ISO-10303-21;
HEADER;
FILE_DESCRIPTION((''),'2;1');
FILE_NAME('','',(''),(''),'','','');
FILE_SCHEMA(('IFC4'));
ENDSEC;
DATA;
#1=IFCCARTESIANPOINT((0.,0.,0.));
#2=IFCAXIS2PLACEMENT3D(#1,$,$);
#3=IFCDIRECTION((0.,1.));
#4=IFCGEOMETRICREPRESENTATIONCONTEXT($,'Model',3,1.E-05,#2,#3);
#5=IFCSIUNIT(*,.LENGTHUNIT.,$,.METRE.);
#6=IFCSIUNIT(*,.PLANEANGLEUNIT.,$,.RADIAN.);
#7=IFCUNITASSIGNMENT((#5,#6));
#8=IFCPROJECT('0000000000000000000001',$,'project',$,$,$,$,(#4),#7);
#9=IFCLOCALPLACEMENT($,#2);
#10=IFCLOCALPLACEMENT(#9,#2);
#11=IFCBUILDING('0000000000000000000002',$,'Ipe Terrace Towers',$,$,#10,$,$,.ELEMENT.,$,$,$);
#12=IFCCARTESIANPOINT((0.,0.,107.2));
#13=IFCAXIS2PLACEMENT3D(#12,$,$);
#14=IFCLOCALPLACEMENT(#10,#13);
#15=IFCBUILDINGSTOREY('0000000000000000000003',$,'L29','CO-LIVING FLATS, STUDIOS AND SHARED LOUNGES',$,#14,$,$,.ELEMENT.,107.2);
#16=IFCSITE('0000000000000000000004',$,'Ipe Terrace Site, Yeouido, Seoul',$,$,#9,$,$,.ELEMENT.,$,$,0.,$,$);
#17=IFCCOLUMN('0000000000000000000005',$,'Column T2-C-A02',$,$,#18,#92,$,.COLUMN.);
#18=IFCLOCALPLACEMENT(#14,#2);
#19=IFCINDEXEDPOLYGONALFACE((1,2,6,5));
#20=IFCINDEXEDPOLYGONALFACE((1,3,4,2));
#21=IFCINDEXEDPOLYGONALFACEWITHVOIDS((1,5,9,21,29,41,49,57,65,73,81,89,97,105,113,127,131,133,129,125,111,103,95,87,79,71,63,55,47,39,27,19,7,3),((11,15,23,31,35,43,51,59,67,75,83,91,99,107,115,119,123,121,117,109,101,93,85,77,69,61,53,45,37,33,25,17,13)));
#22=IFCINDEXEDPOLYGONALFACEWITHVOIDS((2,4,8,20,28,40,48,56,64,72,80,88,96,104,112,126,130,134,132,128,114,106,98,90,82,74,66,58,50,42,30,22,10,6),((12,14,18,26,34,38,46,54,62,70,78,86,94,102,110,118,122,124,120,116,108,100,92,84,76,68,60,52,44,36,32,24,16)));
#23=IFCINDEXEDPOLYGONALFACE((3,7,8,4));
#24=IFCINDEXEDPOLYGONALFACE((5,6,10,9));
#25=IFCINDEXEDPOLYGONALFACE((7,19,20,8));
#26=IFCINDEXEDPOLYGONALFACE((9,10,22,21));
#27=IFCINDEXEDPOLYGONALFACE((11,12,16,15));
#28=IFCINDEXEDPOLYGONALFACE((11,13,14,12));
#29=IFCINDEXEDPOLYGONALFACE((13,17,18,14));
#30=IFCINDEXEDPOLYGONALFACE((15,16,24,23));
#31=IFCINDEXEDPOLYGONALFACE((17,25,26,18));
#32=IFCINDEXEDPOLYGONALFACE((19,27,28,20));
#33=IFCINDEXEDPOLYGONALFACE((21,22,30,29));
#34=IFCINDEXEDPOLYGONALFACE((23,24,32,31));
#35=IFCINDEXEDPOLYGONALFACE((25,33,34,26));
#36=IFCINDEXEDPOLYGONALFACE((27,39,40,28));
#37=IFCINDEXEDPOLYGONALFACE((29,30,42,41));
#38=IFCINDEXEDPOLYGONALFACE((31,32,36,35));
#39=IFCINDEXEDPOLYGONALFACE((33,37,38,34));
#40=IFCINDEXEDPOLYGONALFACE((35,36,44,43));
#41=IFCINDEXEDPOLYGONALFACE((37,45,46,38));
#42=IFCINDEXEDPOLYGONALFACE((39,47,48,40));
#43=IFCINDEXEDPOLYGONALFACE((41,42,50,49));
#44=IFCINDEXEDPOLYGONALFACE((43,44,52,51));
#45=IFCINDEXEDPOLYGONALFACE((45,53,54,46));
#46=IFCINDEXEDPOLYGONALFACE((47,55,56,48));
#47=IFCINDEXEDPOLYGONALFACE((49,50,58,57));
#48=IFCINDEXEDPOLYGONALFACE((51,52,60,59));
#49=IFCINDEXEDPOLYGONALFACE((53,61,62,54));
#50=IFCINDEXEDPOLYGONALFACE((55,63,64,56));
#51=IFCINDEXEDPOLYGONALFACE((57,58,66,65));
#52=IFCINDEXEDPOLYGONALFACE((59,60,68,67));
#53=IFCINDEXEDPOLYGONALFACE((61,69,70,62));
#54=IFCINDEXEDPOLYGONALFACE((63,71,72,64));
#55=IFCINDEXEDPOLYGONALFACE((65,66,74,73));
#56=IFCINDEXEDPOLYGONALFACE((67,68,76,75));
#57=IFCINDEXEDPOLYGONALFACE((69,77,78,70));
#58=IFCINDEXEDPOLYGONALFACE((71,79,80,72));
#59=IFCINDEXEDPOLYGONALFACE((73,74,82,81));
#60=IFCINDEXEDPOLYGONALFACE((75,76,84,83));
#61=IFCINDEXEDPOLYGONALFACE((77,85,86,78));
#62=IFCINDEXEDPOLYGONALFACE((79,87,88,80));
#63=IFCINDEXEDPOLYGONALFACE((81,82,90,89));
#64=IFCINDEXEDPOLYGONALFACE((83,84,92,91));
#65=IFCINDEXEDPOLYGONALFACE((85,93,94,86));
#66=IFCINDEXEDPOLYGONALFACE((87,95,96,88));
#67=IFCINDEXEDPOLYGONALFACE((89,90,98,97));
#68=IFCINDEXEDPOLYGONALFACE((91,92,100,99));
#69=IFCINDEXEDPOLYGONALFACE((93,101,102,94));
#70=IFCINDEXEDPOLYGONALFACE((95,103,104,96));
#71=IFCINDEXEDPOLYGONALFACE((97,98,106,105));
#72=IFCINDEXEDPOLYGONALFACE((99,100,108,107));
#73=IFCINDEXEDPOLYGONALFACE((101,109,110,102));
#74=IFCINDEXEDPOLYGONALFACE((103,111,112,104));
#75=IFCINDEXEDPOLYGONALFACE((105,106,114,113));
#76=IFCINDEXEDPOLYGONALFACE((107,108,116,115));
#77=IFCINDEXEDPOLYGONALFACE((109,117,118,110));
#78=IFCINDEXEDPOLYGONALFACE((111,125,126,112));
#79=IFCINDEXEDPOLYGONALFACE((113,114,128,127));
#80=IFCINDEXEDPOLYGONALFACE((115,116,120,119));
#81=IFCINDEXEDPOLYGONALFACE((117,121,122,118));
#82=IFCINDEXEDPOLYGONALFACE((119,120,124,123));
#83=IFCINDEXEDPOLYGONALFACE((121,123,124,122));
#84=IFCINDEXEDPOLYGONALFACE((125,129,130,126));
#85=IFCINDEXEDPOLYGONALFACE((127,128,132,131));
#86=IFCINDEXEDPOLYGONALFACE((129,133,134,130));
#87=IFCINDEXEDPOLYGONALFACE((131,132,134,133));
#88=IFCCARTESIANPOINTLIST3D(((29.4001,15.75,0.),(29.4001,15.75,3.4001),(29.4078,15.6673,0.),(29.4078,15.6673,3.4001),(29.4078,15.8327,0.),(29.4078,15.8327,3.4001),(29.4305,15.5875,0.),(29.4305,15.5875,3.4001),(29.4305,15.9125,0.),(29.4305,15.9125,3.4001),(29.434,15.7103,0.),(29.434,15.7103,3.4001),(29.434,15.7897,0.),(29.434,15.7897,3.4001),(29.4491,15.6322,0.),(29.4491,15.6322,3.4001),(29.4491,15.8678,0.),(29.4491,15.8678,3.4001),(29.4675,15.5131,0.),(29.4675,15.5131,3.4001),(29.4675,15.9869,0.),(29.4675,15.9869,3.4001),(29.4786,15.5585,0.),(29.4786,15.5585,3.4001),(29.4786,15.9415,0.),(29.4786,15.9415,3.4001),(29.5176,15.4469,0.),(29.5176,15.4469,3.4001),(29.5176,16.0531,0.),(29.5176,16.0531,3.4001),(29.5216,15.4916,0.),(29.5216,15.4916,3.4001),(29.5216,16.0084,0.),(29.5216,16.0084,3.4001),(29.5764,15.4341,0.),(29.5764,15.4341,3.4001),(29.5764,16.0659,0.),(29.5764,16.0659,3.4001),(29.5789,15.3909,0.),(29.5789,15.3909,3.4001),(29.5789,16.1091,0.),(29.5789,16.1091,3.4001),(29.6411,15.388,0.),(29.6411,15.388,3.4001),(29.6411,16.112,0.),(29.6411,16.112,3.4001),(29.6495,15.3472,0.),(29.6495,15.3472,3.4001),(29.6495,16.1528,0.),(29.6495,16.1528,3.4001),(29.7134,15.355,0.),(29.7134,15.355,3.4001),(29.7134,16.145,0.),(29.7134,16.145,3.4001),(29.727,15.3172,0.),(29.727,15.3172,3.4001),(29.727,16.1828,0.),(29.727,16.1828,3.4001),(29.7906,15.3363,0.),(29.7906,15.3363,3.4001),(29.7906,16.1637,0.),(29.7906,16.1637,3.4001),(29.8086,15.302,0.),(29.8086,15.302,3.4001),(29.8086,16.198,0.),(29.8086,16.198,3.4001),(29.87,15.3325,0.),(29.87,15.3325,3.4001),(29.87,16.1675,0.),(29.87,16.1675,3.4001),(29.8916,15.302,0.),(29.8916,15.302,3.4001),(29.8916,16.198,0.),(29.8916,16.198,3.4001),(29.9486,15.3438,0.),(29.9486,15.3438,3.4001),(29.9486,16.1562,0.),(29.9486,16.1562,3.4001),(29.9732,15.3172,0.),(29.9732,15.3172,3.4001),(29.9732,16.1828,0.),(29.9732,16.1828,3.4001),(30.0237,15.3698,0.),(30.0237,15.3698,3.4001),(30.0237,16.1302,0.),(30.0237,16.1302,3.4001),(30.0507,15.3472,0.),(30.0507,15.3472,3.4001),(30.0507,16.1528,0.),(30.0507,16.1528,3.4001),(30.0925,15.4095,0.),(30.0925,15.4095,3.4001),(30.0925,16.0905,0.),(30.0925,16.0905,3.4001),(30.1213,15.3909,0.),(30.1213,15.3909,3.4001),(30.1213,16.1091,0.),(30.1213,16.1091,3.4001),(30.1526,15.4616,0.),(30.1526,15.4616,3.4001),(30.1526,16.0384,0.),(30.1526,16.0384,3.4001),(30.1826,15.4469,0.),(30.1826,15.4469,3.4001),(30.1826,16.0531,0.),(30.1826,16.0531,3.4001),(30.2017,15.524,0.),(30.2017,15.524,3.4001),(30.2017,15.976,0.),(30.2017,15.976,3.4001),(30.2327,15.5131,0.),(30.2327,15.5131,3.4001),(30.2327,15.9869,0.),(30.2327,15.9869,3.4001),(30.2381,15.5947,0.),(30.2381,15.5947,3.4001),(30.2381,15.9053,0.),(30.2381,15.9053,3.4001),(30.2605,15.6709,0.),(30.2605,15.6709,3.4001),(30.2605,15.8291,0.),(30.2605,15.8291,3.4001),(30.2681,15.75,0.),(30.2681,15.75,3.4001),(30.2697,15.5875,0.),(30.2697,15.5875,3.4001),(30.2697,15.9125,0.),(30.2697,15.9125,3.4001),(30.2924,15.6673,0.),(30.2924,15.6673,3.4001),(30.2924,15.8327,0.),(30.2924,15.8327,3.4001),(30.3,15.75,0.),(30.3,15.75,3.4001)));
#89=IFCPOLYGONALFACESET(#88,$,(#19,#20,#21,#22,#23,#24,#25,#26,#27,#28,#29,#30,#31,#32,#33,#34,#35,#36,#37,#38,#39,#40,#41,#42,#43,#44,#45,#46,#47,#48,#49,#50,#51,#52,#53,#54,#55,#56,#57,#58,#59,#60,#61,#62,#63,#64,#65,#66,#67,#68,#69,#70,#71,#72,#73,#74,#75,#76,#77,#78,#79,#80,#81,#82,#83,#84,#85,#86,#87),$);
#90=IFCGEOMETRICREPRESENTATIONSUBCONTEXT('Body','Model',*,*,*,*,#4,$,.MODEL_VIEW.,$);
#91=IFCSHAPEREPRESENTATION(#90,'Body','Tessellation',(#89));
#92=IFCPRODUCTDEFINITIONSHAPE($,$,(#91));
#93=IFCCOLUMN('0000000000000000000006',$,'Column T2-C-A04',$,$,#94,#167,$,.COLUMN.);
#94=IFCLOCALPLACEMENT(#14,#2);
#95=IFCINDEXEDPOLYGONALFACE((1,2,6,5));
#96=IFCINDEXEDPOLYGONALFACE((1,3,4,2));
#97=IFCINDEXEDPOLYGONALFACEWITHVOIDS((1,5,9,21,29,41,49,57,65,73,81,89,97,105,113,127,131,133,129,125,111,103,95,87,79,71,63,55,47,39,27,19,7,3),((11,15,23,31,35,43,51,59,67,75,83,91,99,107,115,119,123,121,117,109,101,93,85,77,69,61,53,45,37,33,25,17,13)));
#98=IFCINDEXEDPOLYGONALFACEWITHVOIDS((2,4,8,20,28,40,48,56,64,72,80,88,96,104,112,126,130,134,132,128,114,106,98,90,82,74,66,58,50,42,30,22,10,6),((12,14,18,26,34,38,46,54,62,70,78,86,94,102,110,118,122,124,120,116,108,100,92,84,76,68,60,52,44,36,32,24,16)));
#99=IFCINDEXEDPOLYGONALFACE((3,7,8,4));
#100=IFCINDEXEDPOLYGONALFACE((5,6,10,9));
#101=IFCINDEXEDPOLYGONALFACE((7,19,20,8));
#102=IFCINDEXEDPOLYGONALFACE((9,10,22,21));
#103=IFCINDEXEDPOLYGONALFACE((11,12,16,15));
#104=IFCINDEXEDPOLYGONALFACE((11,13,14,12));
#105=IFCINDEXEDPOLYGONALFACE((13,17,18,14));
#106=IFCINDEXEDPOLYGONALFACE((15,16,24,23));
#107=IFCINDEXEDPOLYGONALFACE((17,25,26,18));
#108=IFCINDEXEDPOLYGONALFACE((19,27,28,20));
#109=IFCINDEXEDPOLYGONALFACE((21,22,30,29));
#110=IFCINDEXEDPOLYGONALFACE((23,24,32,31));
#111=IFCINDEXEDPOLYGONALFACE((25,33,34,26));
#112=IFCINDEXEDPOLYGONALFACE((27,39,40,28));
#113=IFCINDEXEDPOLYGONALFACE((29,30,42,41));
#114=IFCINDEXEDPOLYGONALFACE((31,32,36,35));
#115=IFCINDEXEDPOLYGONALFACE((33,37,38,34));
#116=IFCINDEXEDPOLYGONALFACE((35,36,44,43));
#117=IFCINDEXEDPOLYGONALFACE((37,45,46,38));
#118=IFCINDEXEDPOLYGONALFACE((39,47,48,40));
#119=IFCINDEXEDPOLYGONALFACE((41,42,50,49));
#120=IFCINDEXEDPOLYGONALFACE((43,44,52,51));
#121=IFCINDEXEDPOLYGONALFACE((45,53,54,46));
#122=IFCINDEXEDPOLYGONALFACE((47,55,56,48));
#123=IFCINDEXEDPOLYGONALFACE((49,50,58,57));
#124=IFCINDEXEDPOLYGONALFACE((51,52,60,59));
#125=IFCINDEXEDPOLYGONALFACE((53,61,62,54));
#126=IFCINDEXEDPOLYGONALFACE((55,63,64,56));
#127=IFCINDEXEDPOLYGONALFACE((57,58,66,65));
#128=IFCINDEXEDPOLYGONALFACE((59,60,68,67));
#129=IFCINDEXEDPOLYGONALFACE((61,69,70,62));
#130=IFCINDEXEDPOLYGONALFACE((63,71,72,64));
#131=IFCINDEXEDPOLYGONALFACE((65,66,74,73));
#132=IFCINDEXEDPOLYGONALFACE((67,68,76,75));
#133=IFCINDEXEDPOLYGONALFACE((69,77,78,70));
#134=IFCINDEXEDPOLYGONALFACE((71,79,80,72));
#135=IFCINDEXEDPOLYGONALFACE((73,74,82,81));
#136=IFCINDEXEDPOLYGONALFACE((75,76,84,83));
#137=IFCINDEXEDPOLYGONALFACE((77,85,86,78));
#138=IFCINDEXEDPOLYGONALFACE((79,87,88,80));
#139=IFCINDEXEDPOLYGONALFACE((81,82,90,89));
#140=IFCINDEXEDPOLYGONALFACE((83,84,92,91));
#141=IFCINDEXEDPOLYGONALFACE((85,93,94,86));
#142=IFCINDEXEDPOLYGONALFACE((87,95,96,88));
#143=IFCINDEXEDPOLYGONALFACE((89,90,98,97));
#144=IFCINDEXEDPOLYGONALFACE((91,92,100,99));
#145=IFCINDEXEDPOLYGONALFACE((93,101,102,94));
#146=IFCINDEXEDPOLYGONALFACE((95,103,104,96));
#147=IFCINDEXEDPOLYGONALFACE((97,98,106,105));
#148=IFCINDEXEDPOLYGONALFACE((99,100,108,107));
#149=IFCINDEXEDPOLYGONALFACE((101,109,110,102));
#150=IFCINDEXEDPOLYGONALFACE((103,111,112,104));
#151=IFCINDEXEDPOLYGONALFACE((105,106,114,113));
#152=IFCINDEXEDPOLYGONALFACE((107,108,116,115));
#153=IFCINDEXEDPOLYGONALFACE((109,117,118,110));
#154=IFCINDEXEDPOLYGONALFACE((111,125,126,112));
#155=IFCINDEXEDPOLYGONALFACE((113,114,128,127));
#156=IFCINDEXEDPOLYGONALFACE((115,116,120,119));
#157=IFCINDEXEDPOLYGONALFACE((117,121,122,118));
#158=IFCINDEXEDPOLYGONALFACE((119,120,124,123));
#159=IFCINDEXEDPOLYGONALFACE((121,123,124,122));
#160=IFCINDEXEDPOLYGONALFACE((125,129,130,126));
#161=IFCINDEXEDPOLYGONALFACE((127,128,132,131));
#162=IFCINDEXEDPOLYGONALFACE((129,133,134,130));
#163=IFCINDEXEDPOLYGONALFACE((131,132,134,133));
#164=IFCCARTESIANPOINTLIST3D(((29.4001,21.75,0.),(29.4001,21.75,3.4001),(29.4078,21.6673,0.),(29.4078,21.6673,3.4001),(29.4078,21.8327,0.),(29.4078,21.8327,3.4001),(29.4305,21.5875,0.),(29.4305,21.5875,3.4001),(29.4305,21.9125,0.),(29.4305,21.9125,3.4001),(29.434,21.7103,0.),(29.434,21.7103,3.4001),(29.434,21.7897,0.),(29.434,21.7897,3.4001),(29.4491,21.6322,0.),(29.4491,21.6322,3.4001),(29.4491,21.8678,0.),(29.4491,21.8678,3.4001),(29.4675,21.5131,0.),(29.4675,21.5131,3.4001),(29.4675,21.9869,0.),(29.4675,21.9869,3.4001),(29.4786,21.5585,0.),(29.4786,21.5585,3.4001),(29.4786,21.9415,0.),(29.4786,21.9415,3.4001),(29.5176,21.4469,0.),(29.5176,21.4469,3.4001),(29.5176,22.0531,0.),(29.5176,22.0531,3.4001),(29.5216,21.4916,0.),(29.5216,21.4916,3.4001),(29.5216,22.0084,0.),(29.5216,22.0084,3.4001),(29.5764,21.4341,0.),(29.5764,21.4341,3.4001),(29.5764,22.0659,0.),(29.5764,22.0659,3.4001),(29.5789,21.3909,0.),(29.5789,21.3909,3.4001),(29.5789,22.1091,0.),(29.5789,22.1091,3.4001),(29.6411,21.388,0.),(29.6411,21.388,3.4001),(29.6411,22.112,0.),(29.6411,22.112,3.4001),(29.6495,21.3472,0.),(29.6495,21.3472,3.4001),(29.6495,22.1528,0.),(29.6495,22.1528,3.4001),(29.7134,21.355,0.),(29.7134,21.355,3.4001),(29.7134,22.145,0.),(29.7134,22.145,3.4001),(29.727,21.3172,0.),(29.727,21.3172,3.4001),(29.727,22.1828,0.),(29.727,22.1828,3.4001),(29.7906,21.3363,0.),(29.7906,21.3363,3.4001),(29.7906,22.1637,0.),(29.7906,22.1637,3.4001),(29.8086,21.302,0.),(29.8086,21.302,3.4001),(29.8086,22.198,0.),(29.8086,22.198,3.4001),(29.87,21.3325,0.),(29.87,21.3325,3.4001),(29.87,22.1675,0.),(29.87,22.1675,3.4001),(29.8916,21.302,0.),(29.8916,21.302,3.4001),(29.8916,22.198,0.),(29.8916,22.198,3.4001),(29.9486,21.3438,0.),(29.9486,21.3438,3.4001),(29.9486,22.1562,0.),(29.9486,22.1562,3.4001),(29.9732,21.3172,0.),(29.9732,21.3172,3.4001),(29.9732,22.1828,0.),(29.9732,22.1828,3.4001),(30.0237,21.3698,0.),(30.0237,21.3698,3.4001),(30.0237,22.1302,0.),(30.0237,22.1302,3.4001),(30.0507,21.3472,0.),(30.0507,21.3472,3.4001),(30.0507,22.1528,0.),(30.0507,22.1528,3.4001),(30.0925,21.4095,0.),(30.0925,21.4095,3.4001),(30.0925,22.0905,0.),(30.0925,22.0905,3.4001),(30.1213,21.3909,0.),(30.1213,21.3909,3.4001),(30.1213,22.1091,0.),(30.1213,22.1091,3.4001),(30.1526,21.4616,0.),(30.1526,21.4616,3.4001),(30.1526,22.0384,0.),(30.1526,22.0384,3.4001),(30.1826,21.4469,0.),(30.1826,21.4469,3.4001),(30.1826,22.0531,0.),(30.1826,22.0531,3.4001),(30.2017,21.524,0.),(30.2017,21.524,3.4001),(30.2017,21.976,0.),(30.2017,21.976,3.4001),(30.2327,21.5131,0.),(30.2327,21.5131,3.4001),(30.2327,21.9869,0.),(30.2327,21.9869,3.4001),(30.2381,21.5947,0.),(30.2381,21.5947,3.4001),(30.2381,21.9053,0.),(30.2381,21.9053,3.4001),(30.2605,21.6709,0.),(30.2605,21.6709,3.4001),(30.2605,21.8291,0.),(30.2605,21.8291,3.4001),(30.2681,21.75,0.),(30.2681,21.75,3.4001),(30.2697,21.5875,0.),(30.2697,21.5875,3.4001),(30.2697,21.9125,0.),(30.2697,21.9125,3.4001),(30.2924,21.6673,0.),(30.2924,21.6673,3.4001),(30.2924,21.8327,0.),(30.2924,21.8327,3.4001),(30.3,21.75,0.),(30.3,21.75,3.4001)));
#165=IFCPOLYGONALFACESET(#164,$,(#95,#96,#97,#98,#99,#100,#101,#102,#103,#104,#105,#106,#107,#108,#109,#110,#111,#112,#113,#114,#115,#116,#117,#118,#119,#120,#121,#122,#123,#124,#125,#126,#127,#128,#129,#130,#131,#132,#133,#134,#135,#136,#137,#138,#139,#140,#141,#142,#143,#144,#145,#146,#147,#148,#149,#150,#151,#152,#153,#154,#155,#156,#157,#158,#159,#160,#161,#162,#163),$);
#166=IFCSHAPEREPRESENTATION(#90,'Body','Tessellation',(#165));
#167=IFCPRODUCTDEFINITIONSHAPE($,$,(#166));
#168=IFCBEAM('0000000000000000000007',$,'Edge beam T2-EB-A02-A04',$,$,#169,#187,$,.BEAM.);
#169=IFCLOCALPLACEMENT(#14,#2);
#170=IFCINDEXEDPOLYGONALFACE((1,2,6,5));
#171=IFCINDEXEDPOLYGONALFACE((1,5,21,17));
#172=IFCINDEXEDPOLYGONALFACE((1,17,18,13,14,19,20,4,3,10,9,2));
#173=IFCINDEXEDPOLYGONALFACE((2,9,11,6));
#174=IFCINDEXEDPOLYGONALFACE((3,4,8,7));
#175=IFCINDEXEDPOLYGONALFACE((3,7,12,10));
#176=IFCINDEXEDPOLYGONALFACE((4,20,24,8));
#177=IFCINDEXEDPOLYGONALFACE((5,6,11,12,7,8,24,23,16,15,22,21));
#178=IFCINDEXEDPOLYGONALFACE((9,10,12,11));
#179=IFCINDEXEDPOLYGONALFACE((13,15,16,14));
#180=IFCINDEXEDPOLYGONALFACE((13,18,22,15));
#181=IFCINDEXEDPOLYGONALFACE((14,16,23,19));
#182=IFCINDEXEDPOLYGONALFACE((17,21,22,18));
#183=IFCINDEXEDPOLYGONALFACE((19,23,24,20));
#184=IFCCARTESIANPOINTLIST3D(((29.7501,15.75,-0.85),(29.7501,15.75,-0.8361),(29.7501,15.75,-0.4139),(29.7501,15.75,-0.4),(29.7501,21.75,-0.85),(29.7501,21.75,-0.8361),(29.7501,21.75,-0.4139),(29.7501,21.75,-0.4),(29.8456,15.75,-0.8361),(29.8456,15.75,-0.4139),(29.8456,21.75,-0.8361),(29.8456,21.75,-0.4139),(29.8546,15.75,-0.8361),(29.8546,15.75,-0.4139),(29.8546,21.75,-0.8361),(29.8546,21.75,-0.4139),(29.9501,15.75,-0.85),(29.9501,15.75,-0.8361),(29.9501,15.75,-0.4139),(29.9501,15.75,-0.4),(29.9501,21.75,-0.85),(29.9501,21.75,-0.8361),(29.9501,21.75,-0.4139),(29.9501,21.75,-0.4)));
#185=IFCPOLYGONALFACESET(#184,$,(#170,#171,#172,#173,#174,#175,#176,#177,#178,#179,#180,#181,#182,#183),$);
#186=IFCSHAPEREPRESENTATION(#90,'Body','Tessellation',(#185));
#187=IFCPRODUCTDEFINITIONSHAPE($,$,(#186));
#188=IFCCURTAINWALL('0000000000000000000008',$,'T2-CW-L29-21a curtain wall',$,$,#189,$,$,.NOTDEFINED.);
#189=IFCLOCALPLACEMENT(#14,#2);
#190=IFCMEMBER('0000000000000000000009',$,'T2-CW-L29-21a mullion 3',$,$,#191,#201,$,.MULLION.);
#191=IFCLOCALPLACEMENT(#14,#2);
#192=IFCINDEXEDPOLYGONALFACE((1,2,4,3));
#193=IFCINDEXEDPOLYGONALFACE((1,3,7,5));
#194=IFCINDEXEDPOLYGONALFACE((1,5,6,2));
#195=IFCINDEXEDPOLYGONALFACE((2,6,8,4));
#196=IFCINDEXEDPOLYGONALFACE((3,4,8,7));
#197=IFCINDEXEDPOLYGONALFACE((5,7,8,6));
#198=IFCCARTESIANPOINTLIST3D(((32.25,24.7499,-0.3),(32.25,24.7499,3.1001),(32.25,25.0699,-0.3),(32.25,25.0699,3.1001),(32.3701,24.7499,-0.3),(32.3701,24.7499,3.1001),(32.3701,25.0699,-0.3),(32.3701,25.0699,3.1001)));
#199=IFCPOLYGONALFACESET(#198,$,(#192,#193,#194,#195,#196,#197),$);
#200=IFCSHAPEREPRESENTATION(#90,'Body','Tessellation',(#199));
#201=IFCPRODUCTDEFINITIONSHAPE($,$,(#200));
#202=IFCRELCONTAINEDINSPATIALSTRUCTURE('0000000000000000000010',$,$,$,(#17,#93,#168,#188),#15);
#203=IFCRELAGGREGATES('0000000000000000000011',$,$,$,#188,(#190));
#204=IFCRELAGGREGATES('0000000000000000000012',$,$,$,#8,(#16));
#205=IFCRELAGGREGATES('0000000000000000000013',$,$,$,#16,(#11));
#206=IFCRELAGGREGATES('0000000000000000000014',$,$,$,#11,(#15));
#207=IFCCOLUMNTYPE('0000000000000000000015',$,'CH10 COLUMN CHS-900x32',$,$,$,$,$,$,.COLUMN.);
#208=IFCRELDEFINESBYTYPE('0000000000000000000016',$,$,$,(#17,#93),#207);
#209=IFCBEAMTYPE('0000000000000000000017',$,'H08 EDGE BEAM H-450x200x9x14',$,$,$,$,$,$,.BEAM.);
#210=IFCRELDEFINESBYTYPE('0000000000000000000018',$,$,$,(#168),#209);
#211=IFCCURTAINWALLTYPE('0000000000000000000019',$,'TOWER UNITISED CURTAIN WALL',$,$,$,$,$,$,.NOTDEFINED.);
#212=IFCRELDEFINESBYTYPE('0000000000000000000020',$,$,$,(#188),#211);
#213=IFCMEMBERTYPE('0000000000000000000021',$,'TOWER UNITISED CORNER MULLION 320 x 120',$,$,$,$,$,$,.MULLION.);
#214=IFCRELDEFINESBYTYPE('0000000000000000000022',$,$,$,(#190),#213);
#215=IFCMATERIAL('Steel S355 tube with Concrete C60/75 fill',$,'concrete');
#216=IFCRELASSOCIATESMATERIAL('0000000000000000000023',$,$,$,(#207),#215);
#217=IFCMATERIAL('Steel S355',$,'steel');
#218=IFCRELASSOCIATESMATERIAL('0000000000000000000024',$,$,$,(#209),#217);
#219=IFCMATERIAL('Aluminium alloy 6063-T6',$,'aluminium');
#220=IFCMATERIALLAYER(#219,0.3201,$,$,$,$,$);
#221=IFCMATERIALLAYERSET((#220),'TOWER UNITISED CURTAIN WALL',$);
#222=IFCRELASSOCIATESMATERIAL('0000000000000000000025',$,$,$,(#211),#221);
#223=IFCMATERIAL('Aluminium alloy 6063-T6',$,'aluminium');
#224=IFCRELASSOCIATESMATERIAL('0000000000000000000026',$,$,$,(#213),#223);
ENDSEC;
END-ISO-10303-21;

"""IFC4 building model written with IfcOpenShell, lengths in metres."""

from ifc_helpers import new_model, si_unit, direction, frame, origin, origin_2d, place, context, subcontext, project, spatial, rectangle, hollow_circle, i_section, extrude, material, layer, layer_set, material_profile, profile_set, type_object, element, aggregate, save


model = new_model("IFC4")

# Units and contexts
model_context = context("Model", 3, precision=1e-05, world=origin(), true_north=direction((0.0, 1.0)))
body_context = subcontext(model_context, "Body", "Model", "MODEL_VIEW")
ifc_project = project(units=[si_unit("LENGTHUNIT", "METRE"), si_unit("PLANEANGLEUNIT", "RADIAN")], contexts=[model_context])

# Site, building, storey
site_placement = place(None, origin())
site = spatial("IfcSite", under=ifc_project, at=site_placement, Name="Ipe Terrace Site, Yeouido, Seoul", CompositionType="ELEMENT", RefElevation=0.0)
building_placement = place(site_placement, origin())
building = spatial("IfcBuilding", under=site, at=building_placement, Name="Ipe Terrace Towers", CompositionType="ELEMENT")
storey_placement = place(building_placement, frame((0.0, 0.0, 107.2)))
storey = spatial("IfcBuildingStorey", under=building, at=storey_placement, Name="L29", Description="CO-LIVING FLATS, STUDIOS AND SHARED LOUNGES", CompositionType="ELEMENT", Elevation=107.2)

# Columns
ifc_material_1 = material(Name="Steel S355 tube with Concrete C60/75 fill", Category="concrete")
ifc_material_profile_1 = material_profile(ifc_material_1, hollow_circle(Radius=0.45, WallThickness=0.032, at=origin_2d()), Name="CHS-900x32")
ifc_profile_set_1 = profile_set([ifc_material_profile_1], Name="Steel S355 tube with Concrete C60/75 fill")
column_type = type_object("IfcColumnType", Name="CH10 COLUMN CHS-900x32", PredefinedType="COLUMN", material=ifc_profile_set_1)
for number, where, z_axis, x_axis, name in (
    (1, (29.8501, 15.75, 0.0), (0.0, 0.0, 1.0), (1.0, 0.0, 0.0), "Column T2-C-A02"),
    (2, (29.8501, 21.75, 0.0), (0.0, 0.0, 1.0), (1.0, 0.0, 0.0), "Column T2-C-A04"),
):
    element("IfcColumn", number, at=place(storey_placement, frame(where, z_axis=z_axis, x_axis=x_axis)), inside=storey, type_object=column_type, Name=name, PredefinedType="COLUMN", context=body_context, shape_type="SweptSolid", body=[
        extrude(hollow_circle(Radius=0.45, WallThickness=0.032, at=origin_2d()), origin(), (0.0, 0.0, 1.0), 3.4001),
    ])

# Beam
ifc_material_2 = material(Name="Steel S355", Category="steel")
ifc_material_profile_2 = material_profile(ifc_material_2, i_section(OverallWidth=0.2, OverallDepth=0.45, WebThickness=0.009, FlangeThickness=0.0139, at=origin_2d()), Name="H-450x200x9x14")
ifc_profile_set_2 = profile_set([ifc_material_profile_2], Name="Steel S355")
beam_type = type_object("IfcBeamType", Name="H08 EDGE BEAM H-450x200x9x14", PredefinedType="BEAM", material=ifc_profile_set_2)
beam_placement = place(storey_placement, frame((29.8501, 15.75, -0.625), z_axis=(0.0, 1.0, 0.0), x_axis=(-1.0, 0.0, 0.0)))
element("IfcBeam", 3, at=beam_placement, inside=storey, type_object=beam_type, Name="Edge beam T2-EB-A02-A04", PredefinedType="BEAM", context=body_context, shape_type="SweptSolid", body=[
    extrude(i_section(OverallWidth=0.2, OverallDepth=0.45, WebThickness=0.009, FlangeThickness=0.0139, at=origin_2d()), origin(), (0.0, 0.0, 1.0), 6.0),
])

# Curtain wall, member
ifc_material_3 = material(Name="Aluminium alloy 6063-T6", Category="aluminium")
ifc_layer_1 = layer(ifc_material_3, 0.3201)
ifc_layer_set_1 = layer_set([ifc_layer_1], Name="TOWER UNITISED CURTAIN WALL")
curtain_wall_type = type_object("IfcCurtainWallType", Name="TOWER UNITISED CURTAIN WALL", PredefinedType="NOTDEFINED", material=ifc_layer_set_1)
curtain_wall_1_placement = place(storey_placement, origin())
curtain_wall_1 = element("IfcCurtainWall", 4, at=curtain_wall_1_placement, inside=storey, type_object=curtain_wall_type, Name="T2-CW-L29-21a curtain wall", PredefinedType="NOTDEFINED")
ifc_material_4 = material(Name="Aluminium alloy 6063-T6", Category="aluminium")
ifc_material_profile_3 = material_profile(ifc_material_4, rectangle(XDim=0.3201, YDim=0.1201, at=origin_2d()), Name="TOWER UNITISED CORNER MULLION 320 x 120")
ifc_profile_set_3 = profile_set([ifc_material_profile_3], Name="Aluminium alloy 6063-T6")
member_type = type_object("IfcMemberType", Name="TOWER UNITISED CORNER MULLION 320 x 120", PredefinedType="MULLION", material=ifc_profile_set_3)
member_1_placement = place(storey_placement, frame((32.3101, 24.9099, -0.3), z_axis=(0.0, 0.0, 1.0), x_axis=(0.0, 1.0, 0.0)))
member_1 = element("IfcMember", 5, at=member_1_placement, type_object=member_type, Name="T2-CW-L29-21a mullion 3", PredefinedType="MULLION", context=body_context, shape_type="SweptSolid", body=[
    extrude(rectangle(XDim=0.3201, YDim=0.1201, at=origin_2d()), origin(), (0.0, 0.0, 1.0), 3.4001),
])

aggregate(curtain_wall_1, [member_1])

save(model, "model.ifc")
